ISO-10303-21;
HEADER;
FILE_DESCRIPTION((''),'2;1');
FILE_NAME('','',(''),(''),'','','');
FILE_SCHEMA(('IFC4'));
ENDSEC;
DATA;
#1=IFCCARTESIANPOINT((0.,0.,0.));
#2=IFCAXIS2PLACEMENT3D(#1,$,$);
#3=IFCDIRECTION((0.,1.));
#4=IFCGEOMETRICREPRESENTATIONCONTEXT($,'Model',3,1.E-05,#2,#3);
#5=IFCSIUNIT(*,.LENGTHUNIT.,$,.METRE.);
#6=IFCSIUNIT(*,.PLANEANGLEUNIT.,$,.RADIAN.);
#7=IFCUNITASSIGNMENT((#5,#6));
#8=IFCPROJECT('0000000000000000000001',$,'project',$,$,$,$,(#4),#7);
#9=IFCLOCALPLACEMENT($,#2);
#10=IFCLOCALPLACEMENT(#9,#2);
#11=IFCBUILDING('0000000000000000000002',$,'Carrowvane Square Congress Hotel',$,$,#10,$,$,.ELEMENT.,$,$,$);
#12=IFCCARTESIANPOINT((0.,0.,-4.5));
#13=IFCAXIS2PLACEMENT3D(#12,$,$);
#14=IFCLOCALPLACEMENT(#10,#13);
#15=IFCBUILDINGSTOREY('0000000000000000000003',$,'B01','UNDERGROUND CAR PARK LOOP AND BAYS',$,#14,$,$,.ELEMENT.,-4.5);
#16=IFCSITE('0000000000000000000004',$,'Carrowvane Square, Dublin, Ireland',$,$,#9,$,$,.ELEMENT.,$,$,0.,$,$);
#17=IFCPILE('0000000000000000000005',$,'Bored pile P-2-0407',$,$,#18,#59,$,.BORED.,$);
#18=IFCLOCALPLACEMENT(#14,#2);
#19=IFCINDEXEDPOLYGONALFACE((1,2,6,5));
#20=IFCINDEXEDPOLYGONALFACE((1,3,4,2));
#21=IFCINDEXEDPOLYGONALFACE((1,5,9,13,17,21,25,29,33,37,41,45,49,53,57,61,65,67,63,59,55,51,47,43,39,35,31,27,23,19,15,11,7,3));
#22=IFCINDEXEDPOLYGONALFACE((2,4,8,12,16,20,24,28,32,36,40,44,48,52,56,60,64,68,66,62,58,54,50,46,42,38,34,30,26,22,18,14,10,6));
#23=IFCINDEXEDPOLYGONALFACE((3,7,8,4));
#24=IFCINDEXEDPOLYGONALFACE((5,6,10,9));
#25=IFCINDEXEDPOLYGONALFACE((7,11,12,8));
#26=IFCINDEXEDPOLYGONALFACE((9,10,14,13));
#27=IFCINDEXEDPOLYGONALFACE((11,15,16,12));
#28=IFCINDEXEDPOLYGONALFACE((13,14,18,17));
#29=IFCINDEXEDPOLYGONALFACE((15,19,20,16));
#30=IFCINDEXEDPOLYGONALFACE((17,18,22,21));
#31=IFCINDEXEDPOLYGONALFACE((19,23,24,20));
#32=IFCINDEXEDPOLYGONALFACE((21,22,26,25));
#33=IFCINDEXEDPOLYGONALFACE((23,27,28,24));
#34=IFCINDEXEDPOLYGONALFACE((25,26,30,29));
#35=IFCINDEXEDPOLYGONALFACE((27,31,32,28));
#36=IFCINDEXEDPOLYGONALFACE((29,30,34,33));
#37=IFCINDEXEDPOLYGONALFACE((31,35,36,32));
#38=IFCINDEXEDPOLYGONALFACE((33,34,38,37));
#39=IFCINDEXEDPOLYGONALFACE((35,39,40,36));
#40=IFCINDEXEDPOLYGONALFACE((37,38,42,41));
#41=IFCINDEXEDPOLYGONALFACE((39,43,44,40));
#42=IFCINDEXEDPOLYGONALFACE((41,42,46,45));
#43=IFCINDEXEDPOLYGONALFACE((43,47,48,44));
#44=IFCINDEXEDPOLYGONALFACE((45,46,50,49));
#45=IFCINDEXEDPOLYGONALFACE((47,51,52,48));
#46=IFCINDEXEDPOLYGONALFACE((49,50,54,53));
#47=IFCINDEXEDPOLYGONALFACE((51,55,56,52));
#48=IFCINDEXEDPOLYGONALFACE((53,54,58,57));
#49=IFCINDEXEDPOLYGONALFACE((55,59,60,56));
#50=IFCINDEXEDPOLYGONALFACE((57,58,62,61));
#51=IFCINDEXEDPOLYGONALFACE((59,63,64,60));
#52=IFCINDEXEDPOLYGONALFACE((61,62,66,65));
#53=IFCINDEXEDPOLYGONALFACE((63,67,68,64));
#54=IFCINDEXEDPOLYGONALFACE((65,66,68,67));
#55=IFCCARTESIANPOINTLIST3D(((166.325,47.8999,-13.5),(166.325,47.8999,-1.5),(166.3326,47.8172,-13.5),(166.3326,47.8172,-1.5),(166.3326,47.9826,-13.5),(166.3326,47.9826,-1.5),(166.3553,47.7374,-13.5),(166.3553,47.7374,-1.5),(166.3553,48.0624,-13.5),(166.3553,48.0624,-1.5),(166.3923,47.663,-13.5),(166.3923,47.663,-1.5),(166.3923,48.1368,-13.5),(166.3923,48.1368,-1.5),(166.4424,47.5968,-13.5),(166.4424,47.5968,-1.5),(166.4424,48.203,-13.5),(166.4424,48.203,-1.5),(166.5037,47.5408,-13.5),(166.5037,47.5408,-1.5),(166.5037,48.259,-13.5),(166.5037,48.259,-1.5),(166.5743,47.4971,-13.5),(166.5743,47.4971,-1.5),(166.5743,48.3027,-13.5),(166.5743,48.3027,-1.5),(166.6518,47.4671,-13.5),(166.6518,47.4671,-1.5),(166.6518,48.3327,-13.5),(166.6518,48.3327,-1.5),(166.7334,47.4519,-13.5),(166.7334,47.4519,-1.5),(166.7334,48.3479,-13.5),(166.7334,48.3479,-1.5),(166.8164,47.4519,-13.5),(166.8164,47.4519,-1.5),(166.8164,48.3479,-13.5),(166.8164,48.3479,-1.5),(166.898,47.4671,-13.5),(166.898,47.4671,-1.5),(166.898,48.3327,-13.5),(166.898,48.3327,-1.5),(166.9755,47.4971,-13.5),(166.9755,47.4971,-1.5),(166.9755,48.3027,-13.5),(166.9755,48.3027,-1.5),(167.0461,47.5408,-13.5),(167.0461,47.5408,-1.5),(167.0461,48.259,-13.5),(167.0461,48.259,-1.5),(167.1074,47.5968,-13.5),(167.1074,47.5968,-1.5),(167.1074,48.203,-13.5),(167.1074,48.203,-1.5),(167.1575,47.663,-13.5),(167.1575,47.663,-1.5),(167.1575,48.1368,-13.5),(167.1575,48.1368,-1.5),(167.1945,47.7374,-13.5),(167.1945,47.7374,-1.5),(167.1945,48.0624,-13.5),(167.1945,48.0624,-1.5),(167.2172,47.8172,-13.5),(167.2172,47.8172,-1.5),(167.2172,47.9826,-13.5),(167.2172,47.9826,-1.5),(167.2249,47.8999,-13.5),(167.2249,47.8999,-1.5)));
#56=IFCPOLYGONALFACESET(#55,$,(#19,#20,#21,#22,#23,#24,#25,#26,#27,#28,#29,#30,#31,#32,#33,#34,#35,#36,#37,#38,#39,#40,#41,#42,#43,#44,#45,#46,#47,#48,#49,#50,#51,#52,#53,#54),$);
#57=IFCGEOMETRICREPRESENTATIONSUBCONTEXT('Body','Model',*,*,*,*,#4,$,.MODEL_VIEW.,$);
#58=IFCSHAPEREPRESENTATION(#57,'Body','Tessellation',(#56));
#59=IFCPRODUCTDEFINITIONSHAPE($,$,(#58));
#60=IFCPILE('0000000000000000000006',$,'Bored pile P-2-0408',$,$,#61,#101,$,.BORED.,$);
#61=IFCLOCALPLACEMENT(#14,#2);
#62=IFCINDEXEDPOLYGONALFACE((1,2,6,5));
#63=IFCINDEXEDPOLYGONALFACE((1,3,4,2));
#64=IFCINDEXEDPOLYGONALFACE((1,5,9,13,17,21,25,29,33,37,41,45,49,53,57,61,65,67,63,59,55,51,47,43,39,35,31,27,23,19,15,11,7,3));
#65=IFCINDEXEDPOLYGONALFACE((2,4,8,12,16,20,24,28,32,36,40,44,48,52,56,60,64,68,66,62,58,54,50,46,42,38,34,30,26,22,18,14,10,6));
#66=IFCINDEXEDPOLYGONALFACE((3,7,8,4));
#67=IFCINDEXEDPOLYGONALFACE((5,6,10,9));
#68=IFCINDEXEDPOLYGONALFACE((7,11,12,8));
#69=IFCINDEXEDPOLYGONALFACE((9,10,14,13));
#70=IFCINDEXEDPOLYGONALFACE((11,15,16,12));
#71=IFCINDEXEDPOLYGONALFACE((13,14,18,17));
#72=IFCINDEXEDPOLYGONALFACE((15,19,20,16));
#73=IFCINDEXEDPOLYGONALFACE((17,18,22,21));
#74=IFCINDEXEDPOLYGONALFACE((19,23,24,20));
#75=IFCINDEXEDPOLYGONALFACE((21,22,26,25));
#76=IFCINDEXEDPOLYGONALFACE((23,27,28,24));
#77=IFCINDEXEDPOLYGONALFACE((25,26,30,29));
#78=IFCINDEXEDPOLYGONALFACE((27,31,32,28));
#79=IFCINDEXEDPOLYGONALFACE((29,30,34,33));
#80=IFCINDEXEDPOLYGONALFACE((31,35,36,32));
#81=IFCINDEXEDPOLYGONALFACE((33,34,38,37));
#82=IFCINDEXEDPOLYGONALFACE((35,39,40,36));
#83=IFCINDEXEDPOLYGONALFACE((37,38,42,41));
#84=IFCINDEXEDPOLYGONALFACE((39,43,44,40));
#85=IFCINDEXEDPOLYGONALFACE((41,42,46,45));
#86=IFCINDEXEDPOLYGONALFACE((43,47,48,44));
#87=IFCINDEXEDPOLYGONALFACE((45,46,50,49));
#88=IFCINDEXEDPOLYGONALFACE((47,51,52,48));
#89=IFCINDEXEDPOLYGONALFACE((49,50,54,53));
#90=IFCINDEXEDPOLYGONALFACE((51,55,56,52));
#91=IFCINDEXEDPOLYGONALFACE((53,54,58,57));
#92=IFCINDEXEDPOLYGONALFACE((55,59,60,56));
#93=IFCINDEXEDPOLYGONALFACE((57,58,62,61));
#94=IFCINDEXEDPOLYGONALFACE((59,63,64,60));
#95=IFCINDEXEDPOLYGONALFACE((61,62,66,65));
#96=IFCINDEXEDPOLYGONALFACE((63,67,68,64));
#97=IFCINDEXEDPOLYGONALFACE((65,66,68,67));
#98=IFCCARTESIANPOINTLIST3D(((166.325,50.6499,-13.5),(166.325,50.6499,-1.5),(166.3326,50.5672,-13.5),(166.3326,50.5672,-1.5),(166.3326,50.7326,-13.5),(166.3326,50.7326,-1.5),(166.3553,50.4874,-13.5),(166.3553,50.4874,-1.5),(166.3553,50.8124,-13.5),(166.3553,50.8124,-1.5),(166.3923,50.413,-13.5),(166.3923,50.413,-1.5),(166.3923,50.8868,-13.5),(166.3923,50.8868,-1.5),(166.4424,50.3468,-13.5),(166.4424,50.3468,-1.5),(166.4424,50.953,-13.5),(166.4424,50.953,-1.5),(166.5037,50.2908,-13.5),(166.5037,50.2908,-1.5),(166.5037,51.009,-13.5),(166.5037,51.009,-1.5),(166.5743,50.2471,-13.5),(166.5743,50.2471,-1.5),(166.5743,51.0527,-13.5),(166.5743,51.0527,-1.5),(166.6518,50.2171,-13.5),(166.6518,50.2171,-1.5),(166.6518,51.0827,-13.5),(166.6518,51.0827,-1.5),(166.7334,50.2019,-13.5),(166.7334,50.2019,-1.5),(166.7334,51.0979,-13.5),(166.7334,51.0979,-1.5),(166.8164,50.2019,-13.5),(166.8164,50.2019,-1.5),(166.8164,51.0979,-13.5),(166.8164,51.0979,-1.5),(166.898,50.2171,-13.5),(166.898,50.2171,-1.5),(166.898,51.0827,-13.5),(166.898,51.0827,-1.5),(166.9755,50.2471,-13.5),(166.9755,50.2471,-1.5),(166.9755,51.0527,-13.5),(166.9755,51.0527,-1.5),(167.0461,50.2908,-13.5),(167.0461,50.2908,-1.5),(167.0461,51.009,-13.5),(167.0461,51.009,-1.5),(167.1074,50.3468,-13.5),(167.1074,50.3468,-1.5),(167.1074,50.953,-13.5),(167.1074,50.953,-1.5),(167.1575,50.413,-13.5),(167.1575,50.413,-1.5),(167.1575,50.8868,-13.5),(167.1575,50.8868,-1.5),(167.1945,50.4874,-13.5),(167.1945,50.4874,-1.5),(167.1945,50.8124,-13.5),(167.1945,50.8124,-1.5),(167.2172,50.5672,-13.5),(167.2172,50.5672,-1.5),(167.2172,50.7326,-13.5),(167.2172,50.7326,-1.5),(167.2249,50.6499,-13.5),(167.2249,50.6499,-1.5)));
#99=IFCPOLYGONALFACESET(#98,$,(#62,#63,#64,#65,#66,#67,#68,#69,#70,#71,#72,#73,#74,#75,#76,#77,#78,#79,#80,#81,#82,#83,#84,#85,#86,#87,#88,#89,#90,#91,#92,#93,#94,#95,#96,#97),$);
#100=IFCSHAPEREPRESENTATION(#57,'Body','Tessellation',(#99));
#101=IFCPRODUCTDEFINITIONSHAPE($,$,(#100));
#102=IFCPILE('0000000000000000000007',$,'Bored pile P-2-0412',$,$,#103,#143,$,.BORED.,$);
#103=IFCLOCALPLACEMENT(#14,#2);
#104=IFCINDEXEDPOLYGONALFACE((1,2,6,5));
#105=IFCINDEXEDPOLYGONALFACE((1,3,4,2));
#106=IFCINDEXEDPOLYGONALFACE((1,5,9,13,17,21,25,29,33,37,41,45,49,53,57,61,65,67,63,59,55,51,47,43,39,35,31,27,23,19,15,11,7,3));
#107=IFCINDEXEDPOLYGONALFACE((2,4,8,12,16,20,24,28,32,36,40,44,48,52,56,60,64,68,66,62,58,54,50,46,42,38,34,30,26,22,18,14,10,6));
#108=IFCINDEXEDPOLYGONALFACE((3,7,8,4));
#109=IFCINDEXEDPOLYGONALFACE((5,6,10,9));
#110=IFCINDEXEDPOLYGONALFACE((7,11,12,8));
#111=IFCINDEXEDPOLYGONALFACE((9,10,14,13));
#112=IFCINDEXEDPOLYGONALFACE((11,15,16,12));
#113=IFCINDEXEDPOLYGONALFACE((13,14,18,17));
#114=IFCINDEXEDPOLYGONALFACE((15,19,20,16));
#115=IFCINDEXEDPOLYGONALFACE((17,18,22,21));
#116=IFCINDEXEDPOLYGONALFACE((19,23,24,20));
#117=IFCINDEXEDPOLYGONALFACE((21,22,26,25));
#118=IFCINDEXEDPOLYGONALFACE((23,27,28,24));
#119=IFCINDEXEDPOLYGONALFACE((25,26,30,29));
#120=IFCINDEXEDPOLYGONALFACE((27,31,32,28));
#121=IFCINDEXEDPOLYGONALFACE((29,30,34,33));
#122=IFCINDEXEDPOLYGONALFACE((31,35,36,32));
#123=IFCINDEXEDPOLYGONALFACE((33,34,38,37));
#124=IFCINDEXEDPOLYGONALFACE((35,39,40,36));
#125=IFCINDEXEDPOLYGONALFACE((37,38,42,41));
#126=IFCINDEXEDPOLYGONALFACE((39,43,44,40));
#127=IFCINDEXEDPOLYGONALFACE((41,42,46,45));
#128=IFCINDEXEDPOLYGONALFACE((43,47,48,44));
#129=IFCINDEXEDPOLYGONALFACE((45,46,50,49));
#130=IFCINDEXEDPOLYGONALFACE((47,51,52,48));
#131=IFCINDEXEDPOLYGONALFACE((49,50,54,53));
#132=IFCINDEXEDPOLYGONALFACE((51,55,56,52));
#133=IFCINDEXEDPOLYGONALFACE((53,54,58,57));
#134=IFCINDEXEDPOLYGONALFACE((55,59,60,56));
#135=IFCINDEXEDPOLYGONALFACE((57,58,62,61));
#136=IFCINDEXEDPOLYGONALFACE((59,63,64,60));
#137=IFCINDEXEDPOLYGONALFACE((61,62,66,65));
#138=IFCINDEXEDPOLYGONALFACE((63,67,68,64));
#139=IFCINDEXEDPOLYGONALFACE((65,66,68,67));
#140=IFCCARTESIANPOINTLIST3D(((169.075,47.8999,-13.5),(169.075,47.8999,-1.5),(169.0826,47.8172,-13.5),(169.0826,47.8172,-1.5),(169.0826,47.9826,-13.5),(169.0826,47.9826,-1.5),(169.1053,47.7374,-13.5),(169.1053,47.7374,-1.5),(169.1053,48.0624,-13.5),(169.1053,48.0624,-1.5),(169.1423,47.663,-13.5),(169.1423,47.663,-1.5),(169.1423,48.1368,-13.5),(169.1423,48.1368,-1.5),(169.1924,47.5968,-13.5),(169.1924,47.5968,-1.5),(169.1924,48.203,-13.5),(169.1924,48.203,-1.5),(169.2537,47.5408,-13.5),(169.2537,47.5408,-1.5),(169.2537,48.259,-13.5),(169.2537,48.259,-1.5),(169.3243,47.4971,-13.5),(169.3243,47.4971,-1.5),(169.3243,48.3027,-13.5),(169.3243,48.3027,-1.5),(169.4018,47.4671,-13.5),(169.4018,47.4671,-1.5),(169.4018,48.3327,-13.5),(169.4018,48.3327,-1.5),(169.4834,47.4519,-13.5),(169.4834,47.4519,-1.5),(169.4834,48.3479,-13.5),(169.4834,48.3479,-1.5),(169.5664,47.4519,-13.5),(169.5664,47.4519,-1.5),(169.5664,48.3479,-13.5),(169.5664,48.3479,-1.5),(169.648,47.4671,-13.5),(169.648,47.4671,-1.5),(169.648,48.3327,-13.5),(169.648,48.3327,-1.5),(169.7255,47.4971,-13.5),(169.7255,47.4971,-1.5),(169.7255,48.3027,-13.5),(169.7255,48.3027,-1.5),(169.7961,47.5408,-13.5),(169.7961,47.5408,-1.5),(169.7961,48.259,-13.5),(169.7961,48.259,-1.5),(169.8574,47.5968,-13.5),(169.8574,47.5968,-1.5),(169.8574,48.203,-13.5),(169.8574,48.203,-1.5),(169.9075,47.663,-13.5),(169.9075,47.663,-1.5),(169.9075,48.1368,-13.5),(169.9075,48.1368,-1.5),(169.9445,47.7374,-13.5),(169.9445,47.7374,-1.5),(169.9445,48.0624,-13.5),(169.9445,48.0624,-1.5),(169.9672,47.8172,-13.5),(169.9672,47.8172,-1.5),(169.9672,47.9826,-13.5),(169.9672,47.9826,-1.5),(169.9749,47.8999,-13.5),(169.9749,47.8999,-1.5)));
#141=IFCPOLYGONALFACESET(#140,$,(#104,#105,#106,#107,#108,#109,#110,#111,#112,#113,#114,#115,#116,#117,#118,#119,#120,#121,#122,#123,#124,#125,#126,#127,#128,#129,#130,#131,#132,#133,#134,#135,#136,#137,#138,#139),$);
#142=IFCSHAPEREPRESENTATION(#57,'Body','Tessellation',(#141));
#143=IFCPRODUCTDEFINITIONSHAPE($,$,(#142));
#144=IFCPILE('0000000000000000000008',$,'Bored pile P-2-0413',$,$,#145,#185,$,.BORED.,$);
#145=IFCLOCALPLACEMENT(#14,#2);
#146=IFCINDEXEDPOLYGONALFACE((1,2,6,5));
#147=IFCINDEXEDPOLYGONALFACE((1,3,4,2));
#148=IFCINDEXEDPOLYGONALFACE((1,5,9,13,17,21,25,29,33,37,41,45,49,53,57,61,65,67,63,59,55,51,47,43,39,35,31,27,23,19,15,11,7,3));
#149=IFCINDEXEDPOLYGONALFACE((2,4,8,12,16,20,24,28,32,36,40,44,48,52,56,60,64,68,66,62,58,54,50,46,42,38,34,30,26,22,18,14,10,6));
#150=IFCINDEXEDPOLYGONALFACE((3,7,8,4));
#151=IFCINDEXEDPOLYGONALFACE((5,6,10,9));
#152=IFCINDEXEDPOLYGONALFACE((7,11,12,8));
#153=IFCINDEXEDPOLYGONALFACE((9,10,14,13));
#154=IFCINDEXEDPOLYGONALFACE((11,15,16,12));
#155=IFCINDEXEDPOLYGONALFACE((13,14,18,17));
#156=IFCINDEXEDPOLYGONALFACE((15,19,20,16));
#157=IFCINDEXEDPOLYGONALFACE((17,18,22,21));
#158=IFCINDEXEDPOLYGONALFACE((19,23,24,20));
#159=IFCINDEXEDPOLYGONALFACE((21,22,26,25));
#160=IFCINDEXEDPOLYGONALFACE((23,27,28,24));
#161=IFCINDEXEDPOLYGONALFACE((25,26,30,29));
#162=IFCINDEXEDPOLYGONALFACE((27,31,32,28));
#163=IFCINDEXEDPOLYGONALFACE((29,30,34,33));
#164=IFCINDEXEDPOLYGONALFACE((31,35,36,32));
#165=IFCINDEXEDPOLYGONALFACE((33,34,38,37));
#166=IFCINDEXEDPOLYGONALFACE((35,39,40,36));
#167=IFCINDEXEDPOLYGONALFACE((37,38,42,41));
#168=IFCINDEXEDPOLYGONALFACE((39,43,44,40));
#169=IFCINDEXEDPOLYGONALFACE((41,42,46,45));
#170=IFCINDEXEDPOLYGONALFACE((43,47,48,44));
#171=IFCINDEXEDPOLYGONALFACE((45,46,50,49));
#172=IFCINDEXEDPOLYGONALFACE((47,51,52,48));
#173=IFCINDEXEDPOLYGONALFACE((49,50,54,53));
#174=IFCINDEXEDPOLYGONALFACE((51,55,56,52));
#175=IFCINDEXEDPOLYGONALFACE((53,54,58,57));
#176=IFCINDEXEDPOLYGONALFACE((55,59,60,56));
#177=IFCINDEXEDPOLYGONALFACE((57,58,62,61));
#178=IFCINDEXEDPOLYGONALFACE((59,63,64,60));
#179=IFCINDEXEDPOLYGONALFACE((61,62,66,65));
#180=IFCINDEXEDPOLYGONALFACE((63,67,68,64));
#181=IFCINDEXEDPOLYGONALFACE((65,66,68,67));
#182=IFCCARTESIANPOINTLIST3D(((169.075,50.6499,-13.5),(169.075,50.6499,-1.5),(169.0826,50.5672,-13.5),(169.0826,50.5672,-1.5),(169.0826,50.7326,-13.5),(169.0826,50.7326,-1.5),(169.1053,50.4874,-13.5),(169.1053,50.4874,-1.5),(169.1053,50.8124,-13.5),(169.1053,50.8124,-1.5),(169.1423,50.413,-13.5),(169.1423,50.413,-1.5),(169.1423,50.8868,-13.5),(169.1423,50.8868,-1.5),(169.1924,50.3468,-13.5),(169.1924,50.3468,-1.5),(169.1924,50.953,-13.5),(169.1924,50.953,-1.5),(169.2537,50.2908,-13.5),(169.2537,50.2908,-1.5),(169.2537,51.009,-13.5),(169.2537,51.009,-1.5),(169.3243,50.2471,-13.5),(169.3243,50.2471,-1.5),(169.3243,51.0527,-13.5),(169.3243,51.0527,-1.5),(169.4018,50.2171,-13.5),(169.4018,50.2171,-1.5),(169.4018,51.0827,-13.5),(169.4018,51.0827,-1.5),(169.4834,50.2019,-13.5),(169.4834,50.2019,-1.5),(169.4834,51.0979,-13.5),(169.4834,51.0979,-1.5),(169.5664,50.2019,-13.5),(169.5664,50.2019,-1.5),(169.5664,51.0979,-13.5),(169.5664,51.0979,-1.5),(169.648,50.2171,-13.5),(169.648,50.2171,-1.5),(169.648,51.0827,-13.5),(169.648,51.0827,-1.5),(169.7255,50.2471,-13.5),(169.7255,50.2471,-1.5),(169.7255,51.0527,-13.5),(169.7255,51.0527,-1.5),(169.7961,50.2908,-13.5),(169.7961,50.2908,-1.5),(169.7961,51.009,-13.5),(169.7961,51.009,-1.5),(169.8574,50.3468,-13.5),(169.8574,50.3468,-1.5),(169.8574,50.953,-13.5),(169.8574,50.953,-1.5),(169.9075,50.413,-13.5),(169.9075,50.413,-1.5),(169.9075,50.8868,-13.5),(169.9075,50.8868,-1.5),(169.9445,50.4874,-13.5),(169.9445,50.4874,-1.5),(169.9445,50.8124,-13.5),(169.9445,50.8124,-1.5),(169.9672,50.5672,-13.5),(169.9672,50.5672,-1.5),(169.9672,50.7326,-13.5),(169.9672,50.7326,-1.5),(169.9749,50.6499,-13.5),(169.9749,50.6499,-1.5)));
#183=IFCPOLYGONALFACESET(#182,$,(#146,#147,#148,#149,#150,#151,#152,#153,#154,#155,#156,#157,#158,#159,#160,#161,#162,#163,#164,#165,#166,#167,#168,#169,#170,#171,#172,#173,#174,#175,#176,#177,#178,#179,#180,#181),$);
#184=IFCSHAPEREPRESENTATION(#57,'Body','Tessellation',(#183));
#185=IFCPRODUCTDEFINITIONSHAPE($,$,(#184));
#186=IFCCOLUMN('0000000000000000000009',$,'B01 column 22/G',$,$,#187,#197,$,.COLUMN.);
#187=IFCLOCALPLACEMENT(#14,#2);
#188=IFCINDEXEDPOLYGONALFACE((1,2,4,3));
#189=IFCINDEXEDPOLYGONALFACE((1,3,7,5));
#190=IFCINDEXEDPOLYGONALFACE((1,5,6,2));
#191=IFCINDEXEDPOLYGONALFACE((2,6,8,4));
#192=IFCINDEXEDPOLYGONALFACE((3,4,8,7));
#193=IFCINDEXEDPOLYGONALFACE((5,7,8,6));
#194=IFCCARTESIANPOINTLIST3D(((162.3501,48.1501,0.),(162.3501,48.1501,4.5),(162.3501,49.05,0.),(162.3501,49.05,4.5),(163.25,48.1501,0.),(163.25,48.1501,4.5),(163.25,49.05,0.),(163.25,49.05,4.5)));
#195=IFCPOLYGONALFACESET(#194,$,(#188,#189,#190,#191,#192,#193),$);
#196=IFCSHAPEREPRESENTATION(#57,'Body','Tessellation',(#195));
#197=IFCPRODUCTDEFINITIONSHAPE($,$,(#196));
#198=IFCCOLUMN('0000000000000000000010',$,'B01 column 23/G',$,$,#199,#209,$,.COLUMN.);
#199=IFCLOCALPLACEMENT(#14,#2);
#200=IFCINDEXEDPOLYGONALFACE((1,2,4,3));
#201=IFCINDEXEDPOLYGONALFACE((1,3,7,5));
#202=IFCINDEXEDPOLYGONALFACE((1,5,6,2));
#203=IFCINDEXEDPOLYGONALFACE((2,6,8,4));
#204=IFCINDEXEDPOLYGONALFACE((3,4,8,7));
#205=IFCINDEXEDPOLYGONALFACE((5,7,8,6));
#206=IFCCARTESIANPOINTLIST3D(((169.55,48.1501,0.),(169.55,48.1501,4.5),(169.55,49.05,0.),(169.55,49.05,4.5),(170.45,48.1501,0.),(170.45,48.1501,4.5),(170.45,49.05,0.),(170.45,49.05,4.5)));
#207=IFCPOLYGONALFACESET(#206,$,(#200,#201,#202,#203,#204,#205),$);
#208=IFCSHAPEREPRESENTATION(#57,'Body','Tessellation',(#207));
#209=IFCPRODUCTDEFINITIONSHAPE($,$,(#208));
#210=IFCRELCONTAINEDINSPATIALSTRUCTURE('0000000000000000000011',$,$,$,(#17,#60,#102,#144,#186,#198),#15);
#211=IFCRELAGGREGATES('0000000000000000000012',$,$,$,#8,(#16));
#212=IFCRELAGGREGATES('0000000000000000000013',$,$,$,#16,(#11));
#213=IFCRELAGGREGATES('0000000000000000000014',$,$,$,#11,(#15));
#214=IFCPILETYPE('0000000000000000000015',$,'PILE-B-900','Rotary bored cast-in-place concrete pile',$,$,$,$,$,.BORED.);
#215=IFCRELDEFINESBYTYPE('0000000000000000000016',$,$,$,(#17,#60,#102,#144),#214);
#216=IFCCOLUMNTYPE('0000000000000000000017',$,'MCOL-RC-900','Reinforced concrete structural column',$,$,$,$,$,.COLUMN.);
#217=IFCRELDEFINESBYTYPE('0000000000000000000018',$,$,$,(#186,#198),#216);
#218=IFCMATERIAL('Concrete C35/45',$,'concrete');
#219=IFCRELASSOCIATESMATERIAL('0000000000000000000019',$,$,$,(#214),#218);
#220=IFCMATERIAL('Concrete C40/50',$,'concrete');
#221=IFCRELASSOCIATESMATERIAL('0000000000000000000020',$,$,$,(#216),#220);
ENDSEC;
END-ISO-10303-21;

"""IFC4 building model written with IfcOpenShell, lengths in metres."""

from ifc_helpers import new_model, si_unit, direction, frame, origin, origin_2d, place, context, subcontext, project, spatial, rectangle, circle, extrude, material, material_profile, profile_set, type_object, element, save


model = new_model("IFC4")

# Units and contexts
model_context = context("Model", 3, precision=1e-05, world=origin(), true_north=direction((0.0, 1.0)))
body_context = subcontext(model_context, "Body", "Model", "MODEL_VIEW")
ifc_project = project(units=[si_unit("LENGTHUNIT", "METRE"), si_unit("PLANEANGLEUNIT", "RADIAN")], contexts=[model_context])

# Site, building, storey
site_placement = place(None, origin())
site = spatial("IfcSite", under=ifc_project, at=site_placement, Name="Carrowvane Square, Dublin, Ireland", CompositionType="ELEMENT", RefElevation=0.0)
building_placement = place(site_placement, origin())
building = spatial("IfcBuilding", under=site, at=building_placement, Name="Carrowvane Square Congress Hotel", CompositionType="ELEMENT")
storey_placement = place(building_placement, frame((0.0, 0.0, -4.5)))
storey = spatial("IfcBuildingStorey", under=building, at=storey_placement, Name="B01", Description="UNDERGROUND CAR PARK LOOP AND BAYS", CompositionType="ELEMENT", Elevation=-4.5)

# Piles
ifc_material_1 = material(Name="Concrete C35/45", Category="concrete")
ifc_material_profile_1 = material_profile(ifc_material_1, circle(Radius=0.45, at=origin_2d()), Name="PILE D900")
ifc_profile_set_1 = profile_set([ifc_material_profile_1], Name="Concrete C35/45")
pile_type_1 = type_object("IfcPileType", Name="PILE-B-900", Description="Rotary bored cast-in-place concrete pile", PredefinedType="BORED", material=ifc_profile_set_1)
for number, where, z_axis, x_axis, name in (
    (1, (166.7749, 47.8999, -1.5), (0.0, 0.0, -1.0), (1.0, 0.0, 0.0), "Bored pile P-2-0407"),
    (2, (166.7749, 50.6499, -1.5), (0.0, 0.0, -1.0), (1.0, 0.0, 0.0), "Bored pile P-2-0408"),
    (3, (169.5249, 47.8999, -1.5), (0.0, 0.0, -1.0), (1.0, 0.0, 0.0), "Bored pile P-2-0412"),
    (4, (169.5249, 50.6499, -1.5), (0.0, 0.0, -1.0), (1.0, 0.0, 0.0), "Bored pile P-2-0413"),
):
    element("IfcPile", number, at=place(storey_placement, frame(where, z_axis=z_axis, x_axis=x_axis)), inside=storey, type_object=pile_type_1, Name=name, PredefinedType="BORED", context=body_context, shape_type="SweptSolid", body=[
        extrude(circle(Radius=0.45, at=origin_2d()), origin(), (0.0, 0.0, 1.0), 12.0),
    ])

# Columns
ifc_material_2 = material(Name="Concrete C40/50", Category="concrete")
ifc_material_profile_2 = material_profile(ifc_material_2, rectangle(XDim=0.8999, YDim=0.8999, at=origin_2d()), Name="RC 900x900")
ifc_profile_set_2 = profile_set([ifc_material_profile_2], Name="Concrete C40/50")
column_type = type_object("IfcColumnType", Name="MCOL-RC-900", Description="Reinforced concrete structural column", PredefinedType="COLUMN", material=ifc_profile_set_2)
for number, where, z_axis, x_axis, name in (
    (5, (162.8, 48.6001, 0.0), (0.0, 0.0, 1.0), (1.0, 0.0, 0.0), "B01 column 22/G"),
    (6, (170.0, 48.6001, 0.0), (0.0, 0.0, 1.0), (1.0, 0.0, 0.0), "B01 column 23/G"),
):
    element("IfcColumn", number, at=place(storey_placement, frame(where, z_axis=z_axis, x_axis=x_axis)), inside=storey, type_object=column_type, Name=name, PredefinedType="COLUMN", context=body_context, shape_type="SweptSolid", body=[
        extrude(rectangle(XDim=0.8999, YDim=0.8999, at=origin_2d()), origin(), (0.0, 0.0, 1.0), 4.5),
    ])

save(model, "model.ifc")
